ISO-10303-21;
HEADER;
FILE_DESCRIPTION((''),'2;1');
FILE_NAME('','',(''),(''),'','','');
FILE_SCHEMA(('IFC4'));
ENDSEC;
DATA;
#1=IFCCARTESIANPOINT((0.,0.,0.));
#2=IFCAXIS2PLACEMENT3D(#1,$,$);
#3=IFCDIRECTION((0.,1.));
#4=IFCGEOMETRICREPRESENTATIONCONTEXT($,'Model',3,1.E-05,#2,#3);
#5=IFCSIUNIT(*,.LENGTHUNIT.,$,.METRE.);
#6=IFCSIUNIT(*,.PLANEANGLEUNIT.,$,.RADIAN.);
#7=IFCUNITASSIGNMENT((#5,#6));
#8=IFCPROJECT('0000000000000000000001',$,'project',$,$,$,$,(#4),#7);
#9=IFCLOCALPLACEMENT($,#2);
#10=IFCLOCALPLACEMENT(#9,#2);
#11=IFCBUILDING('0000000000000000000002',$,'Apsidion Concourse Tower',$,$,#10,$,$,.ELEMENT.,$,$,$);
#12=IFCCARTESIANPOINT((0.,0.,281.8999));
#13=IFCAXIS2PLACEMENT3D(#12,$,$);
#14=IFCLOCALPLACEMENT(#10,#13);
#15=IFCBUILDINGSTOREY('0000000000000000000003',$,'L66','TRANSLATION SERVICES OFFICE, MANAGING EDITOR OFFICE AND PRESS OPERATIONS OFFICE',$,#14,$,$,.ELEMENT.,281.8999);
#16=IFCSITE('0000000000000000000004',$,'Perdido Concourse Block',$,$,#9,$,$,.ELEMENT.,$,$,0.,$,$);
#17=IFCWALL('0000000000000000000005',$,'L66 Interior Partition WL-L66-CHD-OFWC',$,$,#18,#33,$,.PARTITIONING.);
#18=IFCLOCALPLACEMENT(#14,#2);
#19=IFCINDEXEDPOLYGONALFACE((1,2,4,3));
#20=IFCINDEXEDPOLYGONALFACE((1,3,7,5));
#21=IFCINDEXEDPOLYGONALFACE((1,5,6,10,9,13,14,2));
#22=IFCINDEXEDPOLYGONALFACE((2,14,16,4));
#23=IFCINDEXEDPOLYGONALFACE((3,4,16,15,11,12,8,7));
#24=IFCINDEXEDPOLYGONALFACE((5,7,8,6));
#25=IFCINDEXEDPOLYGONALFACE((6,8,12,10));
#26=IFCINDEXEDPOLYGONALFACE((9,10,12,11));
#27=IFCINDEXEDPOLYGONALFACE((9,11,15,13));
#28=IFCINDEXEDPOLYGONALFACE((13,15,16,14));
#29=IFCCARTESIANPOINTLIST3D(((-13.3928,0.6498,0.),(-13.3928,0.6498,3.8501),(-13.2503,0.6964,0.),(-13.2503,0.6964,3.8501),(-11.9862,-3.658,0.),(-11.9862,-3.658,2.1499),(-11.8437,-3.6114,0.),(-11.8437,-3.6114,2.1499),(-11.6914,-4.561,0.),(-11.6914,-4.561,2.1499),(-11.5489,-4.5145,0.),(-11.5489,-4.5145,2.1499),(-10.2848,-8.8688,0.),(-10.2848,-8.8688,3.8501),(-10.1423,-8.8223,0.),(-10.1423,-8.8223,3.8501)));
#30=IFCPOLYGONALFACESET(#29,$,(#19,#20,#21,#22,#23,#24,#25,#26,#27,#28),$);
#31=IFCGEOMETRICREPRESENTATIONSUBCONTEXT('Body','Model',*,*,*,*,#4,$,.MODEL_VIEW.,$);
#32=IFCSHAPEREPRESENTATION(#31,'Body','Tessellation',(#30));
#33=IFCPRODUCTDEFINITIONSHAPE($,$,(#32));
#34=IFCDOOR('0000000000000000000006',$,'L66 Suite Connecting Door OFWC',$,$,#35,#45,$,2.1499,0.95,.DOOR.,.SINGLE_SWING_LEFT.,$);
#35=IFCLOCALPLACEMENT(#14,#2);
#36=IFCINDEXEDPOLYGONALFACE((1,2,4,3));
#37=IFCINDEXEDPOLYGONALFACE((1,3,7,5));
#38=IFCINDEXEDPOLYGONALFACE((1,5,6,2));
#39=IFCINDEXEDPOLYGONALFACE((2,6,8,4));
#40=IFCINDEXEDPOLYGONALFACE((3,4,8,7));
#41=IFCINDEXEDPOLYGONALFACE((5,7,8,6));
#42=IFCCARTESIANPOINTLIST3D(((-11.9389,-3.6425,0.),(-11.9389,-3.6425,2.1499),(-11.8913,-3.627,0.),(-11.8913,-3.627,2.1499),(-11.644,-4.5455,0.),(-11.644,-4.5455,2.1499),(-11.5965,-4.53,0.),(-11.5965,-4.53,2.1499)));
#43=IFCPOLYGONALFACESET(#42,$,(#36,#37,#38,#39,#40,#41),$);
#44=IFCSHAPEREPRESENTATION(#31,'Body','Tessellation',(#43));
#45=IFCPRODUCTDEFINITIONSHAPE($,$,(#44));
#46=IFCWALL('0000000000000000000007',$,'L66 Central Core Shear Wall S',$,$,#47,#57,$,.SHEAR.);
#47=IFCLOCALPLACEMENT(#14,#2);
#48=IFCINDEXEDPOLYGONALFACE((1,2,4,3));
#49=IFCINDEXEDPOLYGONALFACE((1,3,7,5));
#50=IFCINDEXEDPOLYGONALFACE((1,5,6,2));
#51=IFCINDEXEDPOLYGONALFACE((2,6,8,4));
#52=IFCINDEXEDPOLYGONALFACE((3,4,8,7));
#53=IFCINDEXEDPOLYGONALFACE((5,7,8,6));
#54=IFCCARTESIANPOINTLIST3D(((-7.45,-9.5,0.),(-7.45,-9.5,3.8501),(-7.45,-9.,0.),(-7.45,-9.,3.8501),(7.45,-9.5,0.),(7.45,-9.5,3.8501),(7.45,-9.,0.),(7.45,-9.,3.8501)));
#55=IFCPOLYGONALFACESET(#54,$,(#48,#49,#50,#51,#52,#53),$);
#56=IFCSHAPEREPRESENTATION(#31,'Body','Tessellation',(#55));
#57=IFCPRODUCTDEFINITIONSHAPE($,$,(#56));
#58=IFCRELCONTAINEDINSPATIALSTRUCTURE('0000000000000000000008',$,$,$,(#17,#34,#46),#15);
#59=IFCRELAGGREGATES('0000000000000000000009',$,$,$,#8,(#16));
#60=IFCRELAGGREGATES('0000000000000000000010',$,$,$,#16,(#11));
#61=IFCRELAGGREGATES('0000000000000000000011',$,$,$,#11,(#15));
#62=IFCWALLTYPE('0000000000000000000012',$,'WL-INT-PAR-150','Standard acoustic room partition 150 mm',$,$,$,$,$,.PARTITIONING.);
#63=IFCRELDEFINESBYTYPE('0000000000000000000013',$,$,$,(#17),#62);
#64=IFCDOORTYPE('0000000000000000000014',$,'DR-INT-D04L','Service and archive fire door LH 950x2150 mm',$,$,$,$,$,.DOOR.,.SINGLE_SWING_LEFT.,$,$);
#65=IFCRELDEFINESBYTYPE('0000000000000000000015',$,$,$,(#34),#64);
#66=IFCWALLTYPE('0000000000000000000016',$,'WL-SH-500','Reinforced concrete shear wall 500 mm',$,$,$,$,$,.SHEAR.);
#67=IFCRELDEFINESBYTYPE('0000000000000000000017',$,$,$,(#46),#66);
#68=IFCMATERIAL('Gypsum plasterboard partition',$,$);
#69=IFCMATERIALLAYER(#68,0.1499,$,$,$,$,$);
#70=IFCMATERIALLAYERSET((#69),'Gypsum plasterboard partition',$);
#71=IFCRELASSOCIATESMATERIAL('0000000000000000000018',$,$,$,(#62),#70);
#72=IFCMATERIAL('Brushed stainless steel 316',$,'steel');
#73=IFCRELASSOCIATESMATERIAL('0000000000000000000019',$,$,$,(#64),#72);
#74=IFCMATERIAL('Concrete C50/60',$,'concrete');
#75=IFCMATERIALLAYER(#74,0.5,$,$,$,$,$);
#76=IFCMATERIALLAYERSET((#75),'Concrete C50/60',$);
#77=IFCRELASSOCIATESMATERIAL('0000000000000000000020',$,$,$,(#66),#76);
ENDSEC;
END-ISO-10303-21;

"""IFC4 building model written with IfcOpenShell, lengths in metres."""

from ifc_helpers import new_model, si_unit, direction, frame, frame_2d, origin, place, context, subcontext, project, spatial, rectangle, extrude, material, layer, layer_set, type_object, element, fill, save


model = new_model("IFC4")

# Units and contexts
model_context = context("Model", 3, precision=1e-05, world=origin(), true_north=direction((0.0, 1.0)))
body_context = subcontext(model_context, "Body", "Model", "MODEL_VIEW")
ifc_project = project(units=[si_unit("LENGTHUNIT", "METRE"), si_unit("PLANEANGLEUNIT", "RADIAN")], contexts=[model_context])

# Site, building, storey
site_placement = place(None, origin())
site = spatial("IfcSite", under=ifc_project, at=site_placement, Name="Perdido Concourse Block", CompositionType="ELEMENT", RefElevation=0.0)
building_placement = place(site_placement, origin())
building = spatial("IfcBuilding", under=site, at=building_placement, Name="Apsidion Concourse Tower", CompositionType="ELEMENT")
storey_placement = place(building_placement, frame((0.0, 0.0, 281.8999)))
storey = spatial("IfcBuildingStorey", under=building, at=storey_placement, Name="L66", Description="TRANSLATION SERVICES OFFICE, MANAGING EDITOR OFFICE AND PRESS OPERATIONS OFFICE", CompositionType="ELEMENT", Elevation=281.8999)

# Shared definitions
ifc_material_1 = material(Name="Concrete C50/60", Category="concrete")

# Shared definitions
ifc_material_2 = material(Name="Gypsum plasterboard partition")
ifc_layer_1 = layer(ifc_material_2, 0.1499)
ifc_layer_set_1 = layer_set([ifc_layer_1], Name="Gypsum plasterboard partition")
wall_type_1 = type_object("IfcWallType", Name="WL-INT-PAR-150", Description="Standard acoustic room partition 150 mm", PredefinedType="PARTITIONING", material=ifc_layer_set_1)

# Wall, opening, door
wall_1_placement = place(storey_placement, frame((-13.3215, 0.6731, 0.0), z_axis=(0.0, 0.0, 1.0), x_axis=(0.310385, -0.950611, 0.0)))
wall_1 = element("IfcWall", 1, at=wall_1_placement, inside=storey, type_object=wall_type_1, Name="L66 Interior Partition WL-L66-CHD-OFWC", PredefinedType="PARTITIONING", context=body_context, shape_type="SweptSolid", body=[
    extrude(rectangle(XDim=10.0132, YDim=0.1499, at=frame_2d((5.0066, 0.0))), origin(), (0.0, 0.0, 1.0), 3.8501),
])
opening_placement = place(wall_1_placement, frame((4.5315, 0.0, 0.0)))
opening = element("IfcOpeningElement", 2, at=opening_placement, cuts=wall_1, PredefinedType="OPENING", context=body_context, shape_type="SweptSolid", body=[
    extrude(rectangle(XDim=0.95, YDim=2.1499, at=frame_2d((0.4751, 1.075))), frame((0.0, 0.085, 0.0), z_axis=(0.0, -1.0, 0.0), x_axis=(1.0, 0.0, 0.0)), (0.0, 0.0, 1.0), 0.1699),
])
ifc_material_3 = material(Name="Brushed stainless steel 316", Category="steel")
door_type = type_object("IfcDoorType", Name="DR-INT-D04L", Description="Service and archive fire door LH 950x2150 mm", OperationType="SINGLE_SWING_LEFT", PredefinedType="DOOR", material=ifc_material_3)
door_placement = place(opening_placement, origin())
door = element("IfcDoor", 3, at=door_placement, inside=storey, type_object=door_type, Name="L66 Suite Connecting Door OFWC", OperationType="SINGLE_SWING_LEFT", OverallHeight=2.1499, OverallWidth=0.95, PredefinedType="DOOR", context=body_context, shape_type="SweptSolid", body=[
    extrude(rectangle(XDim=0.95, YDim=2.1499, at=frame_2d((0.4751, 1.075))), frame((0.0, 0.0249, 0.0), z_axis=(0.0, -1.0, 0.0), x_axis=(1.0, 0.0, 0.0)), (0.0, 0.0, 1.0), 0.05),
])
fill(opening, door)

# Wall
ifc_layer_2 = layer(ifc_material_1, 0.5)
ifc_layer_set_2 = layer_set([ifc_layer_2], Name="Concrete C50/60")
wall_type_2 = type_object("IfcWallType", Name="WL-SH-500", Description="Reinforced concrete shear wall 500 mm", PredefinedType="SHEAR", material=ifc_layer_set_2)
wall_2_placement = place(storey_placement, frame((-7.45, -9.25, 0.0), z_axis=(0.0, 0.0, 1.0), x_axis=(1.0, 0.0, 0.0)))
element("IfcWall", 4, at=wall_2_placement, inside=storey, type_object=wall_type_2, Name="L66 Central Core Shear Wall S", PredefinedType="SHEAR", context=body_context, shape_type="SweptSolid", body=[
    extrude(rectangle(XDim=14.8999, YDim=0.5, at=frame_2d((7.45, 0.0))), origin(), (0.0, 0.0, 1.0), 3.8501),
])

save(model, "model.ifc")
